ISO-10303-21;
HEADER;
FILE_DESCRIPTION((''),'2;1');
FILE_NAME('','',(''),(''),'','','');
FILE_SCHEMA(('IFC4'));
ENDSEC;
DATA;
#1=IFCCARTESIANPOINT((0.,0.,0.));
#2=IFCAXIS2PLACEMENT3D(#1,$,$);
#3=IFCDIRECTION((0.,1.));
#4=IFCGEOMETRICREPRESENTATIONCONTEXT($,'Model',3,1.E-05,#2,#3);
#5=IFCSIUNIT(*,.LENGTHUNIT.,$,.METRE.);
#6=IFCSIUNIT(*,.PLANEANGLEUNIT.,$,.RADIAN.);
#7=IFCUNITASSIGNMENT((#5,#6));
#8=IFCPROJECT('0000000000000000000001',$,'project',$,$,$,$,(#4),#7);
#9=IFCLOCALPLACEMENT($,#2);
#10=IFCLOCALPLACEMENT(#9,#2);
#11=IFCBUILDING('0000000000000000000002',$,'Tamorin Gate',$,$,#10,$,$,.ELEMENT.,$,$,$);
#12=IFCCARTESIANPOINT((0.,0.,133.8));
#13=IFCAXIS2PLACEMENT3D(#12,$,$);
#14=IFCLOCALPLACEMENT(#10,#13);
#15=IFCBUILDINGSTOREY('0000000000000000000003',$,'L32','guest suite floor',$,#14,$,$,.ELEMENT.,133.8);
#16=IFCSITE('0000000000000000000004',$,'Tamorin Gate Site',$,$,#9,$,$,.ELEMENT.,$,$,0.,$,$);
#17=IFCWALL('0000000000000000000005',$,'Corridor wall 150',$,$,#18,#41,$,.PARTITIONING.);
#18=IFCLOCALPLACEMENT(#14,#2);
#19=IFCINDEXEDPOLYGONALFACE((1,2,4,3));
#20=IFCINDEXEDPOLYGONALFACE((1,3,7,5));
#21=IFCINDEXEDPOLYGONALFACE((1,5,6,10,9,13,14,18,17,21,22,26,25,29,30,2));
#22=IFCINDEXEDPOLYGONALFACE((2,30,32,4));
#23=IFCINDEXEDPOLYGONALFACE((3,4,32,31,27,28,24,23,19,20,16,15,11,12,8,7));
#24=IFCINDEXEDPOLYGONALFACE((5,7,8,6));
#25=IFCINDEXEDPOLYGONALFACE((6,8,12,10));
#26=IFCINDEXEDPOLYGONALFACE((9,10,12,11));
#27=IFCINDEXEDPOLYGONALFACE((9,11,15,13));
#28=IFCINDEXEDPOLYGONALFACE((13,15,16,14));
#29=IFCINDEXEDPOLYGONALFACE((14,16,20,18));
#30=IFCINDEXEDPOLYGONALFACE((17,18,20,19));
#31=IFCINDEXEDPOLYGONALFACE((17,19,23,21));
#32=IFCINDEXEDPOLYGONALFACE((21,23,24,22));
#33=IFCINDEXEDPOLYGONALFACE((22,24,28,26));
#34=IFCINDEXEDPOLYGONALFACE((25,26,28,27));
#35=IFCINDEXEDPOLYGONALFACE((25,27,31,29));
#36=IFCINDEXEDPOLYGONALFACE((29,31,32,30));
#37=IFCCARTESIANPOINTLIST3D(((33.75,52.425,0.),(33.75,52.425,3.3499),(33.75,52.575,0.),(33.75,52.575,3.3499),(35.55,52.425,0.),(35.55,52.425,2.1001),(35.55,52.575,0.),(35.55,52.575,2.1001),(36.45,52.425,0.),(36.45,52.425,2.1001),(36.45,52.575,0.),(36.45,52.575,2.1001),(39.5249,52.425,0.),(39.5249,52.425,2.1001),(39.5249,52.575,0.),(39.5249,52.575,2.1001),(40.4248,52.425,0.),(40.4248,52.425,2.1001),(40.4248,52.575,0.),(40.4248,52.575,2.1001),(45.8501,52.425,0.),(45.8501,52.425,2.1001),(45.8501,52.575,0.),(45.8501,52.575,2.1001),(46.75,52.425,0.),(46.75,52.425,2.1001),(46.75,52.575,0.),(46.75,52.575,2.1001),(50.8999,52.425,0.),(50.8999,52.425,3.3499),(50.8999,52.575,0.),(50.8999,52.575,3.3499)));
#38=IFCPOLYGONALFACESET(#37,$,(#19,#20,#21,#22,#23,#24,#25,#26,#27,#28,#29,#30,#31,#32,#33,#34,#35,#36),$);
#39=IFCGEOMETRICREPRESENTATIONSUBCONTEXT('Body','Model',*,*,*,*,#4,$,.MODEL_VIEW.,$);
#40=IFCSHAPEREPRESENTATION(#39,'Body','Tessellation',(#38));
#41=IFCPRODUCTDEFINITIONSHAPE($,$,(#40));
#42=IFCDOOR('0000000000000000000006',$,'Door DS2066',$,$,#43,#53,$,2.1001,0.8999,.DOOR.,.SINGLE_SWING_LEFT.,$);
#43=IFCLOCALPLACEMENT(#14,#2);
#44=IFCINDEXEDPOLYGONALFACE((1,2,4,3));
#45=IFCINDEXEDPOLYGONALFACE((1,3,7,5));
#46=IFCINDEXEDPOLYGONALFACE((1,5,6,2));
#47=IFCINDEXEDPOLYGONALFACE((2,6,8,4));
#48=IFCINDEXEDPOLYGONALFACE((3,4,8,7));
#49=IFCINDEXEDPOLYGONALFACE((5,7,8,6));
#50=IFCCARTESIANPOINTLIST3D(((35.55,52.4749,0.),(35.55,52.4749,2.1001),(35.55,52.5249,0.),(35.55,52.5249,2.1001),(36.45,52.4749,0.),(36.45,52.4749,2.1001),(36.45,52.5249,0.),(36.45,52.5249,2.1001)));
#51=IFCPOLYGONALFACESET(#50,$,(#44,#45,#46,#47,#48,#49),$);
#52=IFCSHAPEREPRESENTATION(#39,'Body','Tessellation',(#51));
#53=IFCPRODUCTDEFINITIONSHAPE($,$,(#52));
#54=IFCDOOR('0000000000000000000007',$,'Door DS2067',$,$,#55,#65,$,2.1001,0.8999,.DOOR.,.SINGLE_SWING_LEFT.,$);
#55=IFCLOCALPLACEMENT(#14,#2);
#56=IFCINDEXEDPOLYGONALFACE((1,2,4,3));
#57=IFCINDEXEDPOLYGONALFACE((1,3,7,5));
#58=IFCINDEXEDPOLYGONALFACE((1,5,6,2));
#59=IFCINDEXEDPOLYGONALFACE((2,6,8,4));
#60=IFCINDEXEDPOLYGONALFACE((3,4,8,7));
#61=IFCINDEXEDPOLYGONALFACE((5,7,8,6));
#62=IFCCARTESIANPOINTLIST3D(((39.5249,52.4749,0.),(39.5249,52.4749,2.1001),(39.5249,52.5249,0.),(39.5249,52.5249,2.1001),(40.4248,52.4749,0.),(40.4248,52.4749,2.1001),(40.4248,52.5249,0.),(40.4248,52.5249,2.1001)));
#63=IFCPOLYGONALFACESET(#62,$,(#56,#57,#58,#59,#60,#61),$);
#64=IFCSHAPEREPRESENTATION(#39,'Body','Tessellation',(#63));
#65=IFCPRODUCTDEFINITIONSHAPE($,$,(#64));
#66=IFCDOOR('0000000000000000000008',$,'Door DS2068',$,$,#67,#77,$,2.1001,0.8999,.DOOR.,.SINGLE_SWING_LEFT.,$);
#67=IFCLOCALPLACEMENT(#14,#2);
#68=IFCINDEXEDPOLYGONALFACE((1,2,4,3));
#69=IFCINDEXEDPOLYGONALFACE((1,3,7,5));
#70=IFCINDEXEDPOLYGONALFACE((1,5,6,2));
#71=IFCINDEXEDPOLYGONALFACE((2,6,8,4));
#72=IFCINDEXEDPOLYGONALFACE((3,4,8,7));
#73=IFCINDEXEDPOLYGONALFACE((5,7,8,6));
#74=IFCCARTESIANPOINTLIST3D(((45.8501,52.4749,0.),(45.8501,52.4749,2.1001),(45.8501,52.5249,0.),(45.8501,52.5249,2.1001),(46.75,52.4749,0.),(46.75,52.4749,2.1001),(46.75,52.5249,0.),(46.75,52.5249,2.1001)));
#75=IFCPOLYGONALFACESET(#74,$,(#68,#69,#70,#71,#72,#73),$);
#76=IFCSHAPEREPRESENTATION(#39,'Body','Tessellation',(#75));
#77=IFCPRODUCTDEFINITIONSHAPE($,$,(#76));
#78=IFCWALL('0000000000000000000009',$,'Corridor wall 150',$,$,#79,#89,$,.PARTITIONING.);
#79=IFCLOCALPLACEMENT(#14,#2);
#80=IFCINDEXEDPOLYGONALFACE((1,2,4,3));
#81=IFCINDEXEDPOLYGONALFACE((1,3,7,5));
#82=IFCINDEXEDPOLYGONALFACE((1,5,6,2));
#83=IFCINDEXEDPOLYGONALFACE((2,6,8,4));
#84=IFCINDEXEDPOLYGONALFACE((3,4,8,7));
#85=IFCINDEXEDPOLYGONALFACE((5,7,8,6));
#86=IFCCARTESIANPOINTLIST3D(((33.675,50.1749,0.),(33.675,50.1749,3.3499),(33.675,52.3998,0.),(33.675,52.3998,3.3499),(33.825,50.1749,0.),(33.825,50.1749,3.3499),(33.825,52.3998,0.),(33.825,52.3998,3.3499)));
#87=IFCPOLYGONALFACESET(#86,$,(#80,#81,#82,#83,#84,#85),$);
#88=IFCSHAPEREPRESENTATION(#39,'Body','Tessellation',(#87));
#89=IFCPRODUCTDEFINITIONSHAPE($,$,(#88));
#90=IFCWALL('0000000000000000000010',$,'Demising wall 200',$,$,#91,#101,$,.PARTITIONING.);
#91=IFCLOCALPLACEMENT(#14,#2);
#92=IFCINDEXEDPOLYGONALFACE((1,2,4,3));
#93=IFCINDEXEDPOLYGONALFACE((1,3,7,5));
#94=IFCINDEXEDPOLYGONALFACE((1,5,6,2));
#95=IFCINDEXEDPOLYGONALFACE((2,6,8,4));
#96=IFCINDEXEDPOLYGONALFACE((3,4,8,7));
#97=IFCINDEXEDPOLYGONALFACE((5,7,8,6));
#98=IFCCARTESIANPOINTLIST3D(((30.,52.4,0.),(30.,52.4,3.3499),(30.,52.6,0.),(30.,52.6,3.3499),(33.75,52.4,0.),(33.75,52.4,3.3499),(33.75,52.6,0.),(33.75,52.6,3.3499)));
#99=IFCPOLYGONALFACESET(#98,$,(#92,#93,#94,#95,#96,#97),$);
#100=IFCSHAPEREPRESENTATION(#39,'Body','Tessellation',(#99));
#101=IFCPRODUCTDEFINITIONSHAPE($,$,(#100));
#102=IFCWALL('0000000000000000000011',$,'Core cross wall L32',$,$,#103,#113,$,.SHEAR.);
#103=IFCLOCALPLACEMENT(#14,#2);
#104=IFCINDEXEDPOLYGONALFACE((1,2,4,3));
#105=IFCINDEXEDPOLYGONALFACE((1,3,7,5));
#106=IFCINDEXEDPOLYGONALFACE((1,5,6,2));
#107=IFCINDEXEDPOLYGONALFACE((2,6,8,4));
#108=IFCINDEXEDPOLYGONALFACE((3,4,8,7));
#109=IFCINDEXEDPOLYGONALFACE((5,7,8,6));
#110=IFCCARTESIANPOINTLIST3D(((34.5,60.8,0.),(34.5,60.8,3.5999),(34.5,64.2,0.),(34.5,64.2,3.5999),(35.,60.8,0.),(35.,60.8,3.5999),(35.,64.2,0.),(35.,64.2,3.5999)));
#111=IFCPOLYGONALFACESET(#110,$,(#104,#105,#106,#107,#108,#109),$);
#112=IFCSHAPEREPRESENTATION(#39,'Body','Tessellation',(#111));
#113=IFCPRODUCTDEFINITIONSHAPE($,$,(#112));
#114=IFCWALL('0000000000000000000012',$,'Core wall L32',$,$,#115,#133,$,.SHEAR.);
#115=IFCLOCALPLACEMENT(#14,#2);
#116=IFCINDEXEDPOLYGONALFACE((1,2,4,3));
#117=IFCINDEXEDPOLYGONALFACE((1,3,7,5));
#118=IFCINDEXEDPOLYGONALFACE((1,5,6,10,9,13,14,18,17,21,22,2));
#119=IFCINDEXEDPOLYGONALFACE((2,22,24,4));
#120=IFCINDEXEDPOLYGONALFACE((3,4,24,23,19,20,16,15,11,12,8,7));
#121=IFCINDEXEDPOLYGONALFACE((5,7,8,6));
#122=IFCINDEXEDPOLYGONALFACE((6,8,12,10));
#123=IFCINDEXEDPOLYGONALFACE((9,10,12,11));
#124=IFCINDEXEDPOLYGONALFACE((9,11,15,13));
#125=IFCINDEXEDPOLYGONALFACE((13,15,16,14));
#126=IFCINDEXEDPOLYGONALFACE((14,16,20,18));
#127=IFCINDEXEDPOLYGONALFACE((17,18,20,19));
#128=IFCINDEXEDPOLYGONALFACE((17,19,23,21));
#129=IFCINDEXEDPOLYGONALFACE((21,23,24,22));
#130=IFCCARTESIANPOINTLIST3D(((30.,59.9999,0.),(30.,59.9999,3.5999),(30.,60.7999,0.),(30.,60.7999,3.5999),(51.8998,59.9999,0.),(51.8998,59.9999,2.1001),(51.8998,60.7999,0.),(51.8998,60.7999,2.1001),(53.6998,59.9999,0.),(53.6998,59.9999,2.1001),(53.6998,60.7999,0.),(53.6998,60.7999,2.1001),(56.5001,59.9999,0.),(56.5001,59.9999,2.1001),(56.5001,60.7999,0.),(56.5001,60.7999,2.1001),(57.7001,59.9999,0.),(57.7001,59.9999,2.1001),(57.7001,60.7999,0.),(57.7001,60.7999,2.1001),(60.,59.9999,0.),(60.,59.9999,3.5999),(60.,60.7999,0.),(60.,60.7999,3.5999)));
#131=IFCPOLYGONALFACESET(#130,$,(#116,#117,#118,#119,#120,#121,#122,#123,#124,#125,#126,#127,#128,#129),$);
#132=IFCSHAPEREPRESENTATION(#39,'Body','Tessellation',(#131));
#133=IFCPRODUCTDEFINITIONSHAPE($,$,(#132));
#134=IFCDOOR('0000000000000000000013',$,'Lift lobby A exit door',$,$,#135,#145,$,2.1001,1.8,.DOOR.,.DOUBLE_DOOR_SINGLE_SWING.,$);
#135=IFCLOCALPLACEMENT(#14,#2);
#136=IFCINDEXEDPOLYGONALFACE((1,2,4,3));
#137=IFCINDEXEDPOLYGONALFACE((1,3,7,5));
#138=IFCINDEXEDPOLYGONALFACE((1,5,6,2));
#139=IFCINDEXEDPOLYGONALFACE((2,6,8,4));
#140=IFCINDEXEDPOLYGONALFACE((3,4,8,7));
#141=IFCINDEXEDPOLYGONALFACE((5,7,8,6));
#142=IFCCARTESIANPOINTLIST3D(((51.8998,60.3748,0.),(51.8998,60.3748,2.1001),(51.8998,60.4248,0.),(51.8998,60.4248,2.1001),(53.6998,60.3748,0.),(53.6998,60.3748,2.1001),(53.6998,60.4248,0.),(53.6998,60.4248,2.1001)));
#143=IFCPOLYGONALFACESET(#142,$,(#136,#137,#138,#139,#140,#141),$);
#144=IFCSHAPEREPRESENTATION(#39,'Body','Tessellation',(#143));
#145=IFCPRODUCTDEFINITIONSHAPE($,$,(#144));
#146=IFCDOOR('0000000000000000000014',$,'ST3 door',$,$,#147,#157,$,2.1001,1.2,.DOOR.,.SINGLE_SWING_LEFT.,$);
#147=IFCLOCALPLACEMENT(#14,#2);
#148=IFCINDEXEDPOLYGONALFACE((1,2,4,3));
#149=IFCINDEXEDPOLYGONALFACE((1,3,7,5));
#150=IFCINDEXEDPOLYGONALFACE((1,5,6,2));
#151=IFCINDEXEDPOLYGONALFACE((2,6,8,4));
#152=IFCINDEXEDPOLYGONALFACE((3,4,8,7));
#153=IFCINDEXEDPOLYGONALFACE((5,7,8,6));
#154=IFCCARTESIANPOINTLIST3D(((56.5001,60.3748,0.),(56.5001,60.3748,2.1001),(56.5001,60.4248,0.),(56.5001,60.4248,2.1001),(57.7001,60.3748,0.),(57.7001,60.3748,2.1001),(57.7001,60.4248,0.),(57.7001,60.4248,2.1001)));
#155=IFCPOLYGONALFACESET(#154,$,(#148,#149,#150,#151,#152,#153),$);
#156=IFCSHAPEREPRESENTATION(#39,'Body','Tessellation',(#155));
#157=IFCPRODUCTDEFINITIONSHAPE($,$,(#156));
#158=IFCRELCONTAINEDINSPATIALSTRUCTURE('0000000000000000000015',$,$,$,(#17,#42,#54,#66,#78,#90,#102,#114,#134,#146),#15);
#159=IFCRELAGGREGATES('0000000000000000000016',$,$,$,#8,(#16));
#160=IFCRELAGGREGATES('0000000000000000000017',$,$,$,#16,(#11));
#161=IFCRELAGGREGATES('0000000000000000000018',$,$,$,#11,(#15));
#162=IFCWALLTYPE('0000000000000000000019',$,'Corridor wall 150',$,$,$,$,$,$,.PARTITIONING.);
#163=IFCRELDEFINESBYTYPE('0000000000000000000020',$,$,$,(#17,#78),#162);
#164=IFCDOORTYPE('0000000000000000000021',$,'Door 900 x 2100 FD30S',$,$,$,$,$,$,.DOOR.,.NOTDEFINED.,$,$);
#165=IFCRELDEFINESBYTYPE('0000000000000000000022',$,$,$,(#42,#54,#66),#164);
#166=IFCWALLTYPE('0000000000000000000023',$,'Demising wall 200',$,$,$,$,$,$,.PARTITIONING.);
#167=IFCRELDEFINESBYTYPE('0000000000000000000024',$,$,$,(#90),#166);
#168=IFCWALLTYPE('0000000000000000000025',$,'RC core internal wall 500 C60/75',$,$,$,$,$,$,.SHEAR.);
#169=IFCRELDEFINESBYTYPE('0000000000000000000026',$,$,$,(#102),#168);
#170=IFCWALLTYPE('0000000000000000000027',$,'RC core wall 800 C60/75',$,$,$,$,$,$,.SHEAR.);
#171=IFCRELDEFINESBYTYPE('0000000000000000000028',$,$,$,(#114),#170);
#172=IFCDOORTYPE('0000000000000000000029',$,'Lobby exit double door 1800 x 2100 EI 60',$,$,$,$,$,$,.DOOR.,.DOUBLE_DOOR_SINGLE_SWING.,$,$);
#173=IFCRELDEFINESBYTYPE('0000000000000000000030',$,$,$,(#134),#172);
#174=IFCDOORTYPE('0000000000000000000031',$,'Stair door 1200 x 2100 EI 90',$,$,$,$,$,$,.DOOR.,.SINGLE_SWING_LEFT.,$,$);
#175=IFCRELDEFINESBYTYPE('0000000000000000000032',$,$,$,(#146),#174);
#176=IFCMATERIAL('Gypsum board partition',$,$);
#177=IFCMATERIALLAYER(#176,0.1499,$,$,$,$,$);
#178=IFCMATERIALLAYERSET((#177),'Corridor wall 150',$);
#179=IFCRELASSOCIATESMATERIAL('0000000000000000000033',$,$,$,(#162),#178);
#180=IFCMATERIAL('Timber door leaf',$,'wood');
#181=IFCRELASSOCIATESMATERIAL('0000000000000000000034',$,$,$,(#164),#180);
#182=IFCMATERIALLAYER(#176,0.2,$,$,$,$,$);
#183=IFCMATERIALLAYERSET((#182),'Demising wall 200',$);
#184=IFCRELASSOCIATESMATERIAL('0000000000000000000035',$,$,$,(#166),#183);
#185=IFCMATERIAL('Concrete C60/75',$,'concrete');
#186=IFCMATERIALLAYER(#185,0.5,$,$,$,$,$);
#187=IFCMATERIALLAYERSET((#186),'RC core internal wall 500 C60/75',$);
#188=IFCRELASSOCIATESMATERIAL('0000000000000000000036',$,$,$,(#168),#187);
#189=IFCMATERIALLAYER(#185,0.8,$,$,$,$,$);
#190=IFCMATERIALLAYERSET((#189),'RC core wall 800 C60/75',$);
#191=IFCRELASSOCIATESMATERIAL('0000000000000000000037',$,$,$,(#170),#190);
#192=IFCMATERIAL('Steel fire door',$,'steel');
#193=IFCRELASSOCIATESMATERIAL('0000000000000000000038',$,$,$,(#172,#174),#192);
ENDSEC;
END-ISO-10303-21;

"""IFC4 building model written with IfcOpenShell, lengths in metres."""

from ifc_helpers import new_model, si_unit, direction, frame, frame_2d, origin, place, context, subcontext, project, spatial, rectangle, extrude, material, layer, layer_set, type_object, element, fill, save


model = new_model("IFC4")

# Units and contexts
model_context = context("Model", 3, precision=1e-05, world=origin(), true_north=direction((0.0, 1.0)))
body_context = subcontext(model_context, "Body", "Model", "MODEL_VIEW")
ifc_project = project(units=[si_unit("LENGTHUNIT", "METRE"), si_unit("PLANEANGLEUNIT", "RADIAN")], contexts=[model_context])

# Site, building, storey
site_placement = place(None, origin())
site = spatial("IfcSite", under=ifc_project, at=site_placement, Name="Tamorin Gate Site", CompositionType="ELEMENT", RefElevation=0.0)
building_placement = place(site_placement, origin())
building = spatial("IfcBuilding", under=site, at=building_placement, Name="Tamorin Gate", CompositionType="ELEMENT")
storey_placement = place(building_placement, frame((0.0, 0.0, 133.8)))
storey = spatial("IfcBuildingStorey", under=building, at=storey_placement, Name="L32", Description="guest suite floor", CompositionType="ELEMENT", Elevation=133.8)

# Wall, openings, doors
ifc_material_1 = material(Name="Gypsum board partition")
ifc_layer_1 = layer(ifc_material_1, 0.1499)
ifc_layer_set_1 = layer_set([ifc_layer_1], Name="Corridor wall 150")
wall_type_1 = type_object("IfcWallType", Name="Corridor wall 150", PredefinedType="PARTITIONING", material=ifc_layer_set_1)
wall_1_placement = place(storey_placement, frame((33.75, 52.5, 0.0), z_axis=(0.0, 0.0, 1.0), x_axis=(1.0, 0.0, 0.0)))
wall_1 = element("IfcWall", 1, at=wall_1_placement, inside=storey, type_object=wall_type_1, Name="Corridor wall 150", PredefinedType="PARTITIONING", context=body_context, shape_type="SweptSolid", body=[
    extrude(rectangle(XDim=17.1499, YDim=0.1499, at=frame_2d((8.575, 0.0))), origin(), (0.0, 0.0, 1.0), 3.3499),
])
opening_1_placement = place(wall_1_placement, frame((1.8, 0.0, 0.0)))
opening_1 = element("IfcOpeningElement", 2, at=opening_1_placement, cuts=wall_1, PredefinedType="OPENING", context=body_context, shape_type="SweptSolid", body=[
    extrude(rectangle(XDim=0.8999, YDim=2.1001, at=frame_2d((0.45, 1.05))), frame((0.0, 0.085, 0.0), z_axis=(0.0, -1.0, 0.0), x_axis=(1.0, 0.0, 0.0)), (0.0, 0.0, 1.0), 0.1699),
])
opening_2_placement = place(wall_1_placement, frame((5.7749, 0.0, 0.0)))
opening_2 = element("IfcOpeningElement", 3, at=opening_2_placement, cuts=wall_1, PredefinedType="OPENING", context=body_context, shape_type="SweptSolid", body=[
    extrude(rectangle(XDim=0.8999, YDim=2.1001, at=frame_2d((0.45, 1.05))), frame((0.0, 0.085, 0.0), z_axis=(0.0, -1.0, 0.0), x_axis=(1.0, 0.0, 0.0)), (0.0, 0.0, 1.0), 0.1699),
])
opening_3_placement = place(wall_1_placement, frame((12.1001, 0.0, 0.0)))
opening_3 = element("IfcOpeningElement", 4, at=opening_3_placement, cuts=wall_1, PredefinedType="OPENING", context=body_context, shape_type="SweptSolid", body=[
    extrude(rectangle(XDim=0.8999, YDim=2.1001, at=frame_2d((0.45, 1.05))), frame((0.0, 0.085, 0.0), z_axis=(0.0, -1.0, 0.0), x_axis=(1.0, 0.0, 0.0)), (0.0, 0.0, 1.0), 0.1699),
])
ifc_material_2 = material(Name="Timber door leaf", Category="wood")
door_type_1 = type_object("IfcDoorType", Name="Door 900 x 2100 FD30S", OperationType="NOTDEFINED", PredefinedType="DOOR", material=ifc_material_2)
door_1_placement = place(opening_1_placement, origin())
door_1 = element("IfcDoor", 5, at=door_1_placement, inside=storey, type_object=door_type_1, Name="Door DS2066", OperationType="SINGLE_SWING_LEFT", OverallHeight=2.1001, OverallWidth=0.8999, PredefinedType="DOOR", context=body_context, shape_type="SweptSolid", body=[
    extrude(rectangle(XDim=0.8999, YDim=2.1001, at=frame_2d((0.45, 1.05))), frame((0.0, 0.0249, 0.0), z_axis=(0.0, -1.0, 0.0), x_axis=(1.0, 0.0, 0.0)), (0.0, 0.0, 1.0), 0.05),
])
fill(opening_1, door_1)
door_2_placement = place(opening_2_placement, origin())
door_2 = element("IfcDoor", 6, at=door_2_placement, inside=storey, type_object=door_type_1, Name="Door DS2067", OperationType="SINGLE_SWING_LEFT", OverallHeight=2.1001, OverallWidth=0.8999, PredefinedType="DOOR", context=body_context, shape_type="SweptSolid", body=[
    extrude(rectangle(XDim=0.8999, YDim=2.1001, at=frame_2d((0.45, 1.05))), frame((0.0, 0.0249, 0.0), z_axis=(0.0, -1.0, 0.0), x_axis=(1.0, 0.0, 0.0)), (0.0, 0.0, 1.0), 0.05),
])
fill(opening_2, door_2)
door_3_placement = place(opening_3_placement, origin())
door_3 = element("IfcDoor", 7, at=door_3_placement, inside=storey, type_object=door_type_1, Name="Door DS2068", OperationType="SINGLE_SWING_LEFT", OverallHeight=2.1001, OverallWidth=0.8999, PredefinedType="DOOR", context=body_context, shape_type="SweptSolid", body=[
    extrude(rectangle(XDim=0.8999, YDim=2.1001, at=frame_2d((0.45, 1.05))), frame((0.0, 0.0249, 0.0), z_axis=(0.0, -1.0, 0.0), x_axis=(1.0, 0.0, 0.0)), (0.0, 0.0, 1.0), 0.05),
])
fill(opening_3, door_3)

# Walls
wall_2_placement = place(storey_placement, frame((33.75, 50.175, 0.0), z_axis=(0.0, 0.0, 1.0), x_axis=(0.0, 1.0, 0.0)))
element("IfcWall", 8, at=wall_2_placement, inside=storey, type_object=wall_type_1, Name="Corridor wall 150", PredefinedType="PARTITIONING", context=body_context, shape_type="SweptSolid", body=[
    extrude(rectangle(XDim=2.2249, YDim=0.1499, at=frame_2d((1.1123, 0.0))), origin(), (0.0, 0.0, 1.0), 3.3499),
])
ifc_layer_2 = layer(ifc_material_1, 0.2)
ifc_layer_set_2 = layer_set([ifc_layer_2], Name="Demising wall 200")
wall_type_2 = type_object("IfcWallType", Name="Demising wall 200", PredefinedType="PARTITIONING", material=ifc_layer_set_2)
wall_3_placement = place(storey_placement, frame((30.0, 52.5, 0.0), z_axis=(0.0, 0.0, 1.0), x_axis=(1.0, 0.0, 0.0)))
element("IfcWall", 9, at=wall_3_placement, inside=storey, type_object=wall_type_2, Name="Demising wall 200", PredefinedType="PARTITIONING", context=body_context, shape_type="SweptSolid", body=[
    extrude(rectangle(XDim=3.75, YDim=0.2, at=frame_2d((1.875, 0.0))), origin(), (0.0, 0.0, 1.0), 3.3499),
])
ifc_material_3 = material(Name="Concrete C60/75", Category="concrete")
ifc_layer_3 = layer(ifc_material_3, 0.5)
ifc_layer_set_3 = layer_set([ifc_layer_3], Name="RC core internal wall 500 C60/75")
wall_type_3 = type_object("IfcWallType", Name="RC core internal wall 500 C60/75", PredefinedType="SHEAR", material=ifc_layer_set_3)
wall_4_placement = place(storey_placement, frame((34.75, 60.8, 0.0), z_axis=(0.0, 0.0, 1.0), x_axis=(0.0, 1.0, 0.0)))
element("IfcWall", 10, at=wall_4_placement, inside=storey, type_object=wall_type_3, Name="Core cross wall L32", PredefinedType="SHEAR", context=body_context, shape_type="SweptSolid", body=[
    extrude(rectangle(XDim=3.3999, YDim=0.5, at=frame_2d((1.7, 0.0))), origin(), (0.0, 0.0, 1.0), 3.5999),
])

# Wall, openings, doors
ifc_layer_4 = layer(ifc_material_3, 0.8)
ifc_layer_set_4 = layer_set([ifc_layer_4], Name="RC core wall 800 C60/75")
wall_type_4 = type_object("IfcWallType", Name="RC core wall 800 C60/75", PredefinedType="SHEAR", material=ifc_layer_set_4)
wall_5_placement = place(storey_placement, frame((30.0, 60.3999, 0.0), z_axis=(0.0, 0.0, 1.0), x_axis=(1.0, 0.0, 0.0)))
wall_5 = element("IfcWall", 11, at=wall_5_placement, inside=storey, type_object=wall_type_4, Name="Core wall L32", PredefinedType="SHEAR", context=body_context, shape_type="SweptSolid", body=[
    extrude(rectangle(XDim=30.0, YDim=0.8, at=frame_2d((15.0, 0.0))), origin(), (0.0, 0.0, 1.0), 3.5999),
])
opening_4_placement = place(wall_5_placement, frame((21.8999, 0.0, 0.0)))
opening_4 = element("IfcOpeningElement", 12, at=opening_4_placement, cuts=wall_5, PredefinedType="OPENING", context=body_context, shape_type="SweptSolid", body=[
    extrude(rectangle(XDim=1.8, YDim=2.1001, at=frame_2d((0.8999, 1.05))), frame((0.0, 0.4099, 0.0), z_axis=(0.0, -1.0, 0.0), x_axis=(1.0, 0.0, 0.0)), (0.0, 0.0, 1.0), 0.8201),
])
opening_5_placement = place(wall_5_placement, frame((26.5, 0.0, 0.0)))
opening_5 = element("IfcOpeningElement", 13, at=opening_5_placement, cuts=wall_5, PredefinedType="OPENING", context=body_context, shape_type="SweptSolid", body=[
    extrude(rectangle(XDim=1.2, YDim=2.1001, at=frame_2d((0.6001, 1.05))), frame((0.0, 0.4099, 0.0), z_axis=(0.0, -1.0, 0.0), x_axis=(1.0, 0.0, 0.0)), (0.0, 0.0, 1.0), 0.8201),
])
ifc_material_4 = material(Name="Steel fire door", Category="steel")
door_type_2 = type_object("IfcDoorType", Name="Lobby exit double door 1800 x 2100 EI 60", OperationType="DOUBLE_DOOR_SINGLE_SWING", PredefinedType="DOOR", material=ifc_material_4)
door_4_placement = place(opening_4_placement, origin())
door_4 = element("IfcDoor", 14, at=door_4_placement, inside=storey, type_object=door_type_2, Name="Lift lobby A exit door", OperationType="DOUBLE_DOOR_SINGLE_SWING", OverallHeight=2.1001, OverallWidth=1.8, PredefinedType="DOOR", context=body_context, shape_type="SweptSolid", body=[
    extrude(rectangle(XDim=1.8, YDim=2.1001, at=frame_2d((0.8999, 1.05))), frame((0.0, 0.0249, 0.0), z_axis=(0.0, -1.0, 0.0), x_axis=(1.0, 0.0, 0.0)), (0.0, 0.0, 1.0), 0.05),
])
fill(opening_4, door_4)
door_type_3 = type_object("IfcDoorType", Name="Stair door 1200 x 2100 EI 90", OperationType="SINGLE_SWING_LEFT", PredefinedType="DOOR", material=ifc_material_4)
door_5_placement = place(opening_5_placement, origin())
door_5 = element("IfcDoor", 15, at=door_5_placement, inside=storey, type_object=door_type_3, Name="ST3 door", OperationType="SINGLE_SWING_LEFT", OverallHeight=2.1001, OverallWidth=1.2, PredefinedType="DOOR", context=body_context, shape_type="SweptSolid", body=[
    extrude(rectangle(XDim=1.2, YDim=2.1001, at=frame_2d((0.6001, 1.05))), frame((0.0, 0.0249, 0.0), z_axis=(0.0, -1.0, 0.0), x_axis=(1.0, 0.0, 0.0)), (0.0, 0.0, 1.0), 0.05),
])
fill(opening_5, door_5)

save(model, "model.ifc")
